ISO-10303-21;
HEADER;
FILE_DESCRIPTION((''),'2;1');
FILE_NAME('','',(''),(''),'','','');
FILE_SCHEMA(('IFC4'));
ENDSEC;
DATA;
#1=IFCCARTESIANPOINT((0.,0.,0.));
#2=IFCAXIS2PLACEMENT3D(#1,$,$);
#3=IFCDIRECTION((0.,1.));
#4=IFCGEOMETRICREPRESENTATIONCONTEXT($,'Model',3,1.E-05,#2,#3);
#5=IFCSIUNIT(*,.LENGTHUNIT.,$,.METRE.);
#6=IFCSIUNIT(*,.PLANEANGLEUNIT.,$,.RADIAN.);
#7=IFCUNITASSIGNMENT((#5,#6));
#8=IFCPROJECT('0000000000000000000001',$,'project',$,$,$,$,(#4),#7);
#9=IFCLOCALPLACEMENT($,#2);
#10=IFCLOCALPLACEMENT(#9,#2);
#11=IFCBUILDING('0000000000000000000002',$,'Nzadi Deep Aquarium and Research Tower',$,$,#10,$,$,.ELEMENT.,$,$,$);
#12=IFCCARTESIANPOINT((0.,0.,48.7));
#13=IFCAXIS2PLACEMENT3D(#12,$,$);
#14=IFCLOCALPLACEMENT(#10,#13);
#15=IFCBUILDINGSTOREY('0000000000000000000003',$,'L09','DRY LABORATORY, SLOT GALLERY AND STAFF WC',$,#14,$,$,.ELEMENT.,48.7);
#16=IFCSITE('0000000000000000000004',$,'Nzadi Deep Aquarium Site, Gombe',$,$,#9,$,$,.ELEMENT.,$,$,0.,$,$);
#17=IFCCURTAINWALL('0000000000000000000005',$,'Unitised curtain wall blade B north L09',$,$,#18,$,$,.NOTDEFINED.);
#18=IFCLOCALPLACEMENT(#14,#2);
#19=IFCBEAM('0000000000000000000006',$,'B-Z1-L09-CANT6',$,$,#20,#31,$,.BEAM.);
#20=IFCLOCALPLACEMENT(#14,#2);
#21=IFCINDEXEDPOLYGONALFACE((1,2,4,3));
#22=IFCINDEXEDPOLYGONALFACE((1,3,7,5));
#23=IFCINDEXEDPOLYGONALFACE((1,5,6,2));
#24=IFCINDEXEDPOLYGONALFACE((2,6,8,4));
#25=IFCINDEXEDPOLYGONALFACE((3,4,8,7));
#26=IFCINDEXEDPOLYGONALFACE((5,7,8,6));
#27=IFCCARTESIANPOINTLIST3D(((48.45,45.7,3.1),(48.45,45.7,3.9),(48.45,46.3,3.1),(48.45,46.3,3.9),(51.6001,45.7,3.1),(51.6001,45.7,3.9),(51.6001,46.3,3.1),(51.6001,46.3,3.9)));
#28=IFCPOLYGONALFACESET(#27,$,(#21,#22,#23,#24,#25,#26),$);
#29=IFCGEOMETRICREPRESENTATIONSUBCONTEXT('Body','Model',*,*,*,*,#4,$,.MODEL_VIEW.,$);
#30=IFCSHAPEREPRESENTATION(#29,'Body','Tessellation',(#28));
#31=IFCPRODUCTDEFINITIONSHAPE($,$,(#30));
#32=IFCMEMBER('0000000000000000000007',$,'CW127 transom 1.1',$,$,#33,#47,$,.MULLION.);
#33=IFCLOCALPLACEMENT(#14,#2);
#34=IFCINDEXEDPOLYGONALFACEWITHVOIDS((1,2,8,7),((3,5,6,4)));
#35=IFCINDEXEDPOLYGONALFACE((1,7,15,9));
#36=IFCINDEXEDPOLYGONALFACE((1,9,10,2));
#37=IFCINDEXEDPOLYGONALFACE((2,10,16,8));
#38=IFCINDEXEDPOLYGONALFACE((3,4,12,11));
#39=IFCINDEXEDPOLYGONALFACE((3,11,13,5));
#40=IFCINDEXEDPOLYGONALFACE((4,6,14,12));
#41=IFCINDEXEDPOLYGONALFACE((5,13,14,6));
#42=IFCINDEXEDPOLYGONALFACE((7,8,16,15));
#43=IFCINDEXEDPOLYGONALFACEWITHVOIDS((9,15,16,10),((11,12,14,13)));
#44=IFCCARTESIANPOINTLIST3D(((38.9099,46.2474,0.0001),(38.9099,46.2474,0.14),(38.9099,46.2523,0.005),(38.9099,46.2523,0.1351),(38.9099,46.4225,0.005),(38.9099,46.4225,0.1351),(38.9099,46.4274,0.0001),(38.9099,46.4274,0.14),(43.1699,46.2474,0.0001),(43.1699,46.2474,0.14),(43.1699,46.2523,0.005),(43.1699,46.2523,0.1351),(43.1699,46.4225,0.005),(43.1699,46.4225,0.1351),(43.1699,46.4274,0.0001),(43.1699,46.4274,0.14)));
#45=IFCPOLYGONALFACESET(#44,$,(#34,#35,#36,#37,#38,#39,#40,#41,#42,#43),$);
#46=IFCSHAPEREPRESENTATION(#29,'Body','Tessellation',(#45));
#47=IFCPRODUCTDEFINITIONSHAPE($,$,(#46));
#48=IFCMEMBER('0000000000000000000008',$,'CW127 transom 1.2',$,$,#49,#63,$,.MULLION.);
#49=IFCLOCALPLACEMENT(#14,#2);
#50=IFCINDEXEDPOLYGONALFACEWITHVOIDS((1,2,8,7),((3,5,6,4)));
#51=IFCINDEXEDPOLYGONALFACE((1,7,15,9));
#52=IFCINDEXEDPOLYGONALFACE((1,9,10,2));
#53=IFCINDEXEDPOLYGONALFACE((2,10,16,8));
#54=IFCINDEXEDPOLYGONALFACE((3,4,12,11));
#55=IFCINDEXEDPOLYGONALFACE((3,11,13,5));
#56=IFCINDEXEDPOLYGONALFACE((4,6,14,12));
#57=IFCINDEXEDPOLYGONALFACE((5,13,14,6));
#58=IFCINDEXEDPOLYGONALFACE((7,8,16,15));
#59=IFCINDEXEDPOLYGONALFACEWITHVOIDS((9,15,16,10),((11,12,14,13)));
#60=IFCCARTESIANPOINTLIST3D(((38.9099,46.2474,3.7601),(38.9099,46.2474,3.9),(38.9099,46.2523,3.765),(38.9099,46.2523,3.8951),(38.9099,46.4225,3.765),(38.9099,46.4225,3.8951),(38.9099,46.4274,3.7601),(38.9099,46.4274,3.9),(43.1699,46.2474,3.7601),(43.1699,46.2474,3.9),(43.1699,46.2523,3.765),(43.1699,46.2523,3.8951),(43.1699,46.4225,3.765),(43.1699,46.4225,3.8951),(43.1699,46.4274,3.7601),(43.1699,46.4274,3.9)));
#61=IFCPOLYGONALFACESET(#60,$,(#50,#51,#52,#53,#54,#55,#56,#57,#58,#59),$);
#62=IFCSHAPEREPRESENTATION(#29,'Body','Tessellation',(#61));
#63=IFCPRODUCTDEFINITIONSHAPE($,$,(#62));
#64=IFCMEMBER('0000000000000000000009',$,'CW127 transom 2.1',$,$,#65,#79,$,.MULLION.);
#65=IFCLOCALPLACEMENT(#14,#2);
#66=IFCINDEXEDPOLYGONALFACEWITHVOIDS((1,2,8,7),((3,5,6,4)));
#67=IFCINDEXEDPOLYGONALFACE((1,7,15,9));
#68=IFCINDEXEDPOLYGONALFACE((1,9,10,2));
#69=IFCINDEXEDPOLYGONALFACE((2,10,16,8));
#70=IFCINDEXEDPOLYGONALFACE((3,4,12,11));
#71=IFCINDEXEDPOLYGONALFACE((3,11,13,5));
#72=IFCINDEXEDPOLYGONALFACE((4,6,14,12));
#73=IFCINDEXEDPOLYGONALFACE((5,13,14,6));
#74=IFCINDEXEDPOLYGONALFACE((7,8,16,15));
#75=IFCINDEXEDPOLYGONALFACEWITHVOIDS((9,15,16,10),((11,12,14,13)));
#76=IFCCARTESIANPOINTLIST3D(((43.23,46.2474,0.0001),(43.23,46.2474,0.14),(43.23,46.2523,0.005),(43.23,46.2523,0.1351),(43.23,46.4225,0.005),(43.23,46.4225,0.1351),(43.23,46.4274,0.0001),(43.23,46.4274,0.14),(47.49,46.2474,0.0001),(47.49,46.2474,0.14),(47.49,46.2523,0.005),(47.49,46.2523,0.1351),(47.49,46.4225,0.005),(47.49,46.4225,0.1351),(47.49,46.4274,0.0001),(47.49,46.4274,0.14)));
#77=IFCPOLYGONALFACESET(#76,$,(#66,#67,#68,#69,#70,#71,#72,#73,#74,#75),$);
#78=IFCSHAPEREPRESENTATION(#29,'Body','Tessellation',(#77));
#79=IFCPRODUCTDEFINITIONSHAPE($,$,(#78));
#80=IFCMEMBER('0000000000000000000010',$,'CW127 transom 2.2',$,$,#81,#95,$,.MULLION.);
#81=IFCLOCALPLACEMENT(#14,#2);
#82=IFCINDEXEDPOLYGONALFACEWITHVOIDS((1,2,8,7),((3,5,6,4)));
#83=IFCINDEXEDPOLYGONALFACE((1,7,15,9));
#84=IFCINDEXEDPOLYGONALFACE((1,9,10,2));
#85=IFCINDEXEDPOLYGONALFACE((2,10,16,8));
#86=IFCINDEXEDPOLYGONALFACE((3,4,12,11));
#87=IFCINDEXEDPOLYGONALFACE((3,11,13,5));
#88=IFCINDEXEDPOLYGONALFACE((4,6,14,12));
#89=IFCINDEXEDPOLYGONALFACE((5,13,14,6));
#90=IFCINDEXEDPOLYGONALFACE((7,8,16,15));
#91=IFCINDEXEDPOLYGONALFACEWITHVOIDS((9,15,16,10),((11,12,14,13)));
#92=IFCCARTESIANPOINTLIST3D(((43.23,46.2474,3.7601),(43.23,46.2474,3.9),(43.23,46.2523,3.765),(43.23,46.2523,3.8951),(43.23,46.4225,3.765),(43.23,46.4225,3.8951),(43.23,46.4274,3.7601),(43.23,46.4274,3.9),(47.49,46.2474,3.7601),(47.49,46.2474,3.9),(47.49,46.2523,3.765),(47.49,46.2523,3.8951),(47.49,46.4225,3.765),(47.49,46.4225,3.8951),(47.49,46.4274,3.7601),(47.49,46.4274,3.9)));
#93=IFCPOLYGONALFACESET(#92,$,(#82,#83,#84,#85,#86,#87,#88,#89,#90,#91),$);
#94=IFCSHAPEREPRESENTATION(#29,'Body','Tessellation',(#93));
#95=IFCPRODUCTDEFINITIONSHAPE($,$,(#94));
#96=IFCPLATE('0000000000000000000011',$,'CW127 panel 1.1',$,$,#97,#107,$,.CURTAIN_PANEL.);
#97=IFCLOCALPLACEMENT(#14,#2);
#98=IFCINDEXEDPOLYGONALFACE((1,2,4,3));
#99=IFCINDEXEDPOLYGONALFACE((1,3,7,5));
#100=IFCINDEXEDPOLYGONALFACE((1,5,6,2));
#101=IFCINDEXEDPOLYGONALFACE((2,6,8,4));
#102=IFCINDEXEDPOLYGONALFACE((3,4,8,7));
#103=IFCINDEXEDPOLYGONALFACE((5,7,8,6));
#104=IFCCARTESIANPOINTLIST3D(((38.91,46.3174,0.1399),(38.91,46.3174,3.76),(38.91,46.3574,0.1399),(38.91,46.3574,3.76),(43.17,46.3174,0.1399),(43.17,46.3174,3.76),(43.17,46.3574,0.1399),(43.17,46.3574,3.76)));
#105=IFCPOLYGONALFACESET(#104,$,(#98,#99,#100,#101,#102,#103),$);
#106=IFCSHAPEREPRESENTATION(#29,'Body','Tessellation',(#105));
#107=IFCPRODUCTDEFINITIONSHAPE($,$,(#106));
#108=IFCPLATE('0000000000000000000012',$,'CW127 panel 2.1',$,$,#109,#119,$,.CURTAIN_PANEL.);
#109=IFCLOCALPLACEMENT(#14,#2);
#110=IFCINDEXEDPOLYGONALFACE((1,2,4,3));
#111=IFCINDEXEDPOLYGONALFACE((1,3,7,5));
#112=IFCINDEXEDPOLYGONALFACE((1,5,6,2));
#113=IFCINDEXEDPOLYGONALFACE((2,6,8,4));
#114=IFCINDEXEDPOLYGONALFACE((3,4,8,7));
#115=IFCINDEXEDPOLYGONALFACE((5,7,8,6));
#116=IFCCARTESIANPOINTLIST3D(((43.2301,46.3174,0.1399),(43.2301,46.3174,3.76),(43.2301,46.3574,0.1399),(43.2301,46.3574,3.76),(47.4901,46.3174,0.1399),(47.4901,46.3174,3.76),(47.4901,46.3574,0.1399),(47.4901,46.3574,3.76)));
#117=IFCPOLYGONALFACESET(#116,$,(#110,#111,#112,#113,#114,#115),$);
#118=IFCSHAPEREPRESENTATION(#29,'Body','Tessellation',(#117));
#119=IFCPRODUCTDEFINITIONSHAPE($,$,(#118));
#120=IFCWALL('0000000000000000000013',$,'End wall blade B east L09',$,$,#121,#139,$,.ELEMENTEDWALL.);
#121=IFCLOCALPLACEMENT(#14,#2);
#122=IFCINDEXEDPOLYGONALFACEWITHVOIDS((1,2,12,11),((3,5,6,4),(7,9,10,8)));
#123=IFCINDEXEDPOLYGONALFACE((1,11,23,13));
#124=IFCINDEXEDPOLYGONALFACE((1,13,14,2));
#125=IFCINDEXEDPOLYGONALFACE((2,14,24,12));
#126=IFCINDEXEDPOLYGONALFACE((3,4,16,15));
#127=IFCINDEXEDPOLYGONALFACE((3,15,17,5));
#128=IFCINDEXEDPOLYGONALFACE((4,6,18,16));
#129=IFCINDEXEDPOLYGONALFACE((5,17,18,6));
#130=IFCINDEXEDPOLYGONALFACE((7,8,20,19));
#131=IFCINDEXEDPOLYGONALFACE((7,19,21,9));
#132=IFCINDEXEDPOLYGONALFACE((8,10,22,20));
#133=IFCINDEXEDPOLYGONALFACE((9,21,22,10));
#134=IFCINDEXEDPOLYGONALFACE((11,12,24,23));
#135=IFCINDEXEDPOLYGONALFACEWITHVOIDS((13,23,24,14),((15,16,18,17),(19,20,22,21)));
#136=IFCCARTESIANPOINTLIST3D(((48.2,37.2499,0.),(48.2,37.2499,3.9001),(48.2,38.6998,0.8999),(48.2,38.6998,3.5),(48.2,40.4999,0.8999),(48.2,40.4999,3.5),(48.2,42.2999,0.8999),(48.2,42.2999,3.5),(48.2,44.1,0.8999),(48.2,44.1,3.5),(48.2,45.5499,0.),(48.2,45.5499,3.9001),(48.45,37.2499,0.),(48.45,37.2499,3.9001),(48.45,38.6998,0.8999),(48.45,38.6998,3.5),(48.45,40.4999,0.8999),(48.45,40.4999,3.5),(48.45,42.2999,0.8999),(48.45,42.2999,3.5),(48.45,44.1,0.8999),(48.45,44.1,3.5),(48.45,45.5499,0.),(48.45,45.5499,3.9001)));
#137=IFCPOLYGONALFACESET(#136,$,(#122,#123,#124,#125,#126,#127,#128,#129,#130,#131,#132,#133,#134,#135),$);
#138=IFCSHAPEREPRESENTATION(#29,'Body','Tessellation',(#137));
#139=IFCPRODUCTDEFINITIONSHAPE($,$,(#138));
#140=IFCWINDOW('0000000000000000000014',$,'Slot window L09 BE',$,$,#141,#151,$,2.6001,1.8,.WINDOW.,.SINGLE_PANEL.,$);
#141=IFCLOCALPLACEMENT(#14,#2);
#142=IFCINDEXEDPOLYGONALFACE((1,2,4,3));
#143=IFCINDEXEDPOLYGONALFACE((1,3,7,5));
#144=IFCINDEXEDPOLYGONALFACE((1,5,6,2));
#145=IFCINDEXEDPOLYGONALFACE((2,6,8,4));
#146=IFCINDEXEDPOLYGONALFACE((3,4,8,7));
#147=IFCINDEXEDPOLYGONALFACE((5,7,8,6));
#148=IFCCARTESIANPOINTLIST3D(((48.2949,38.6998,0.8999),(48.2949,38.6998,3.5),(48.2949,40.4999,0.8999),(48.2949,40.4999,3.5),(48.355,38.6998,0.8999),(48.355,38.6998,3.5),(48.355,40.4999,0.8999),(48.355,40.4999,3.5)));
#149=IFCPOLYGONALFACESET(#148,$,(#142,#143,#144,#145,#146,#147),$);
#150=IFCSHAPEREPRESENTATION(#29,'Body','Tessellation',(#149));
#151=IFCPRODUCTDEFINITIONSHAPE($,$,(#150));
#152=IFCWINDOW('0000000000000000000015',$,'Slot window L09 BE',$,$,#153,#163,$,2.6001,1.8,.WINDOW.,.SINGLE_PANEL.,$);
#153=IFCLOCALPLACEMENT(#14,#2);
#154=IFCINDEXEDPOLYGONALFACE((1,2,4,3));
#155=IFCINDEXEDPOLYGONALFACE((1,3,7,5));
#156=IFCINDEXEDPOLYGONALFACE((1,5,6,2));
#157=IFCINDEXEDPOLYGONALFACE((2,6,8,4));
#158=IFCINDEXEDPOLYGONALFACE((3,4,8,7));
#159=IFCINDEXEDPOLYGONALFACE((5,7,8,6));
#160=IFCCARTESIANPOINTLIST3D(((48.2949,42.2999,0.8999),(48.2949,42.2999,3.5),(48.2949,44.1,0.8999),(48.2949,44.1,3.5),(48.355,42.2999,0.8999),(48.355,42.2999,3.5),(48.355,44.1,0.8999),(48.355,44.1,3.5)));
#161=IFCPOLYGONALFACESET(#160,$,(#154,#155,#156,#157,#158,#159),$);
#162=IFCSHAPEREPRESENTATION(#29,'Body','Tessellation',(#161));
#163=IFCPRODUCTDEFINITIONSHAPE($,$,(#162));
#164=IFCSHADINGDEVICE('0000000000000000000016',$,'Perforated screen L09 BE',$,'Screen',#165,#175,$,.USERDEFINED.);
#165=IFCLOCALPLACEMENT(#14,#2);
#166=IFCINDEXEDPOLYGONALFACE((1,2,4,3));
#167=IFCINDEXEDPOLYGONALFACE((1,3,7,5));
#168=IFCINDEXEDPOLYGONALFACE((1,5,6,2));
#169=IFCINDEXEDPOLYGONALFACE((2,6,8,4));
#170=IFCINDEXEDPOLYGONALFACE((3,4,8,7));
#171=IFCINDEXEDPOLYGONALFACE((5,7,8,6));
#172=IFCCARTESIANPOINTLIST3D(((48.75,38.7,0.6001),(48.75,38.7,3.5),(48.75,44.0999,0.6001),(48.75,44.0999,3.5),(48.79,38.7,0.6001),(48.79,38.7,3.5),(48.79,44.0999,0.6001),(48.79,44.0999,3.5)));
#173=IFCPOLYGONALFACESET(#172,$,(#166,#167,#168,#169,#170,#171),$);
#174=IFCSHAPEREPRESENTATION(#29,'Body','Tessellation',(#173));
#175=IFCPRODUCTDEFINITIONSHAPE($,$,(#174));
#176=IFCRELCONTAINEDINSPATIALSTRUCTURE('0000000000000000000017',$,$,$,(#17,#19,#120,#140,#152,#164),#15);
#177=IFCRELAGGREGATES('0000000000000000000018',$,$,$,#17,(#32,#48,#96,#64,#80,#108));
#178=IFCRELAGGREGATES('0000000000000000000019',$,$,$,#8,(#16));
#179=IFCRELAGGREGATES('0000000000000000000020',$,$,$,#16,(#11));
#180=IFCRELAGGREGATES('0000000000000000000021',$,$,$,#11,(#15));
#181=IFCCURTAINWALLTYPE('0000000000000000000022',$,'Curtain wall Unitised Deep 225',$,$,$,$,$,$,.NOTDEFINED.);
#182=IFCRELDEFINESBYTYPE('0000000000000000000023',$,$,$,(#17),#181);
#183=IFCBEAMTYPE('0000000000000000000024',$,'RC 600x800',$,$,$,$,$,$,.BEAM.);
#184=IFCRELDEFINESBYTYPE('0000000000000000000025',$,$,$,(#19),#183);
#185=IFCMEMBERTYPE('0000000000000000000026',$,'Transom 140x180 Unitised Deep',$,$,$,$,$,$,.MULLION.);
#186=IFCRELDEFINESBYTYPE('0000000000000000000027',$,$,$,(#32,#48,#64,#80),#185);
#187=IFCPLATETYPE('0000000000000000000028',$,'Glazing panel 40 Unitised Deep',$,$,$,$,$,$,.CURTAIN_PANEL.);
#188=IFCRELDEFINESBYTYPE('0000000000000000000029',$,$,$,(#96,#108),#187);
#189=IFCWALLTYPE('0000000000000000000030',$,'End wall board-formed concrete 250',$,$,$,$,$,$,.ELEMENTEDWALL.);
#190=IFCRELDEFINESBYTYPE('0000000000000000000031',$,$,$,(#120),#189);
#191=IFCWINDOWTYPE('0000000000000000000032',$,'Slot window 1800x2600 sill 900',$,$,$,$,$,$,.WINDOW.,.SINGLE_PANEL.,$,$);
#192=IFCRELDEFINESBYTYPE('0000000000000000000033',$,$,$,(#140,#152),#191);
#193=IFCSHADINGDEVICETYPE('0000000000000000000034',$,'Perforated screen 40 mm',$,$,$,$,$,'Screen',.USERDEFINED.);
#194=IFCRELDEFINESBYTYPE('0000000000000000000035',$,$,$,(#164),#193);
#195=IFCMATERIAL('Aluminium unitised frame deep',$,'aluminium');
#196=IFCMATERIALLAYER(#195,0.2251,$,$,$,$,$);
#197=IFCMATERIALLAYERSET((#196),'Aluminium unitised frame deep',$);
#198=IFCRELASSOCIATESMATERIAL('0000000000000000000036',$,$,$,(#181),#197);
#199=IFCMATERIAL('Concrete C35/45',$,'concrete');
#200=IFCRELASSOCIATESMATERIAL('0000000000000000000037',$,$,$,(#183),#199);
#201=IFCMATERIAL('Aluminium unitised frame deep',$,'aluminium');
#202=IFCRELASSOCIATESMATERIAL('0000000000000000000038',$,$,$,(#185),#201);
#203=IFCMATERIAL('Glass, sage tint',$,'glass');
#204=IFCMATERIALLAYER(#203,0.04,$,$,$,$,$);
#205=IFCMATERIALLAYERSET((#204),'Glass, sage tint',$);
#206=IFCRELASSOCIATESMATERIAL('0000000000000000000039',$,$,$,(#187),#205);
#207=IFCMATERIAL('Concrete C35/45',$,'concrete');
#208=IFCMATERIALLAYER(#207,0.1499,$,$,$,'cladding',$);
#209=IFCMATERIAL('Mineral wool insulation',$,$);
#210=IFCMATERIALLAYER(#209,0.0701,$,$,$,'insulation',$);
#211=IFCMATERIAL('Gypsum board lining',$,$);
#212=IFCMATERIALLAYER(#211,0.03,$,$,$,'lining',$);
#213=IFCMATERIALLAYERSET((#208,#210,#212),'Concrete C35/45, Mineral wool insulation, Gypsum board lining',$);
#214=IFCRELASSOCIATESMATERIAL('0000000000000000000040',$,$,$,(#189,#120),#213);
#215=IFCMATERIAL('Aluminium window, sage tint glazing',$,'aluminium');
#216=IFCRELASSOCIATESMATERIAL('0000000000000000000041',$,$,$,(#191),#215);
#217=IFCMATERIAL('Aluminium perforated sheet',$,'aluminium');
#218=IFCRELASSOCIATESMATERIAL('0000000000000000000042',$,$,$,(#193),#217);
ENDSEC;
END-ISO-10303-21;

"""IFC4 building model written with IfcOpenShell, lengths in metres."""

from ifc_helpers import new_model, si_unit, direction, frame, frame_2d, origin, origin_2d, place, context, subcontext, project, spatial, rectangle, hollow_rectangle, extrude, material, layer, layer_set, layer_usage, material_profile, profile_set, type_object, element, fill, aggregate, save


model = new_model("IFC4")

# Units and contexts
model_context = context("Model", 3, precision=1e-05, world=origin(), true_north=direction((0.0, 1.0)))
body_context = subcontext(model_context, "Body", "Model", "MODEL_VIEW")
ifc_project = project(units=[si_unit("LENGTHUNIT", "METRE"), si_unit("PLANEANGLEUNIT", "RADIAN")], contexts=[model_context])

# Site, building, storey
site_placement = place(None, origin())
site = spatial("IfcSite", under=ifc_project, at=site_placement, Name="Nzadi Deep Aquarium Site, Gombe", CompositionType="ELEMENT", RefElevation=0.0)
building_placement = place(site_placement, origin())
building = spatial("IfcBuilding", under=site, at=building_placement, Name="Nzadi Deep Aquarium and Research Tower", CompositionType="ELEMENT")
storey_placement = place(building_placement, frame((0.0, 0.0, 48.7)))
storey = spatial("IfcBuildingStorey", under=building, at=storey_placement, Name="L09", Description="DRY LABORATORY, SLOT GALLERY AND STAFF WC", CompositionType="ELEMENT", Elevation=48.7)

# Curtain wall
ifc_material_1 = material(Name="Aluminium unitised frame deep", Category="aluminium")
ifc_layer_1 = layer(ifc_material_1, 0.2251)
ifc_layer_set_1 = layer_set([ifc_layer_1], Name="Aluminium unitised frame deep")
curtain_wall_type = type_object("IfcCurtainWallType", Name="Curtain wall Unitised Deep 225", PredefinedType="NOTDEFINED", material=ifc_layer_set_1)
curtain_wall_placement = place(storey_placement, origin())
curtain_wall = element("IfcCurtainWall", 1, at=curtain_wall_placement, inside=storey, type_object=curtain_wall_type, Name="Unitised curtain wall blade B north L09", PredefinedType="NOTDEFINED")

# Beam
ifc_material_2 = material(Name="Concrete C35/45", Category="concrete")
ifc_material_profile_1 = material_profile(ifc_material_2, rectangle(XDim=0.6001, YDim=0.8, at=origin_2d()))
ifc_profile_set_1 = profile_set([ifc_material_profile_1], Name="Concrete C35/45")
beam_type_1 = type_object("IfcBeamType", Name="RC 600x800", PredefinedType="BEAM", material=ifc_profile_set_1)
beam_1_placement = place(storey_placement, frame((48.45, 46.0, 3.5), z_axis=(1.0, 0.0, 0.0), x_axis=(0.0, 1.0, 0.0)))
element("IfcBeam", 2, at=beam_1_placement, inside=storey, type_object=beam_type_1, Name="B-Z1-L09-CANT6", PredefinedType="BEAM", context=body_context, shape_type="SweptSolid", body=[
    extrude(rectangle(XDim=0.6001, YDim=0.8, at=origin_2d()), origin(), (0.0, 0.0, 1.0), 3.1501),
])

# Members
ifc_material_3 = material(Name="Aluminium unitised frame deep", Category="aluminium")
ifc_material_profile_2 = material_profile(ifc_material_3, hollow_rectangle(XDim=0.1799, YDim=0.1399, WallThickness=0.0049, at=origin_2d()))
ifc_profile_set_2 = profile_set([ifc_material_profile_2], Name="Aluminium unitised frame deep")
member_type_1 = type_object("IfcMemberType", Name="Transom 140x180 Unitised Deep", PredefinedType="MULLION", material=ifc_profile_set_2)
member_1_placement = place(storey_placement, frame((38.9099, 46.3374, 0.0701), z_axis=(1.0, 0.0, 0.0), x_axis=(0.0, 1.0, 0.0)))
member_1 = element("IfcMember", 3, at=member_1_placement, type_object=member_type_1, Name="CW127 transom 1.1", PredefinedType="MULLION", context=body_context, shape_type="SweptSolid", body=[
    extrude(hollow_rectangle(XDim=0.1799, YDim=0.1399, WallThickness=0.0049, at=origin_2d()), origin(), (0.0, 0.0, 1.0), 4.26),
])
member_2_placement = place(storey_placement, frame((38.9099, 46.3374, 3.8301), z_axis=(1.0, 0.0, 0.0), x_axis=(0.0, 1.0, 0.0)))
member_2 = element("IfcMember", 4, at=member_2_placement, type_object=member_type_1, Name="CW127 transom 1.2", PredefinedType="MULLION", context=body_context, shape_type="SweptSolid", body=[
    extrude(hollow_rectangle(XDim=0.1799, YDim=0.1399, WallThickness=0.0049, at=origin_2d()), origin(), (0.0, 0.0, 1.0), 4.26),
])
member_3_placement = place(storey_placement, frame((43.23, 46.3374, 0.0701), z_axis=(1.0, 0.0, 0.0), x_axis=(0.0, 1.0, 0.0)))
member_3 = element("IfcMember", 5, at=member_3_placement, type_object=member_type_1, Name="CW127 transom 2.1", PredefinedType="MULLION", context=body_context, shape_type="SweptSolid", body=[
    extrude(hollow_rectangle(XDim=0.1799, YDim=0.1399, WallThickness=0.0049, at=origin_2d()), origin(), (0.0, 0.0, 1.0), 4.26),
])
member_4_placement = place(storey_placement, frame((43.23, 46.3374, 3.8301), z_axis=(1.0, 0.0, 0.0), x_axis=(0.0, 1.0, 0.0)))
member_4 = element("IfcMember", 6, at=member_4_placement, type_object=member_type_1, Name="CW127 transom 2.2", PredefinedType="MULLION", context=body_context, shape_type="SweptSolid", body=[
    extrude(hollow_rectangle(XDim=0.1799, YDim=0.1399, WallThickness=0.0049, at=origin_2d()), origin(), (0.0, 0.0, 1.0), 4.26),
])

# Plates
ifc_material_4 = material(Name="Glass, sage tint", Category="glass")
ifc_layer_2 = layer(ifc_material_4, 0.04)
ifc_layer_set_2 = layer_set([ifc_layer_2], Name="Glass, sage tint")
plate_type = type_object("IfcPlateType", Name="Glazing panel 40 Unitised Deep", PredefinedType="CURTAIN_PANEL", material=ifc_layer_set_2)
plate_1_placement = place(storey_placement, frame((41.04, 46.3374, 0.1399), z_axis=(0.0, 0.0, 1.0), x_axis=(1.0, 0.0, 0.0)))
plate_1 = element("IfcPlate", 7, at=plate_1_placement, type_object=plate_type, Name="CW127 panel 1.1", PredefinedType="CURTAIN_PANEL", context=body_context, shape_type="SweptSolid", body=[
    extrude(rectangle(XDim=4.26, YDim=0.04, at=origin_2d()), origin(), (0.0, 0.0, 1.0), 3.6201),
])
plate_2_placement = place(storey_placement, frame((45.3601, 46.3374, 0.1399), z_axis=(0.0, 0.0, 1.0), x_axis=(1.0, 0.0, 0.0)))
plate_2 = element("IfcPlate", 8, at=plate_2_placement, type_object=plate_type, Name="CW127 panel 2.1", PredefinedType="CURTAIN_PANEL", context=body_context, shape_type="SweptSolid", body=[
    extrude(rectangle(XDim=4.26, YDim=0.04, at=origin_2d()), origin(), (0.0, 0.0, 1.0), 3.6201),
])
aggregate(curtain_wall, [member_1, member_2, plate_1, member_3, member_4, plate_2])

# Wall, openings, windows
ifc_material_5 = material(Name="Concrete C35/45", Category="concrete")
ifc_layer_3 = layer(ifc_material_5, 0.1499, Category="cladding")
ifc_material_6 = material(Name="Mineral wool insulation")
ifc_layer_4 = layer(ifc_material_6, 0.0701, Category="insulation")
ifc_material_7 = material(Name="Gypsum board lining")
ifc_layer_5 = layer(ifc_material_7, 0.03, Category="lining")
ifc_layer_set_3 = layer_set([ifc_layer_3, ifc_layer_4, ifc_layer_5], Name="Concrete C35/45, Mineral wool insulation, Gypsum board lining")
ifc_layer_usage = layer_usage(ifc_layer_set_3, "AXIS2", "POSITIVE", -0.125)
wall_type = type_object("IfcWallType", Name="End wall board-formed concrete 250", PredefinedType="ELEMENTEDWALL", material=ifc_layer_set_3)
wall_placement = place(storey_placement, frame((48.325, 37.25, 0.0), z_axis=(0.0, 0.0, 1.0), x_axis=(0.0, 1.0, 0.0)))
wall = element("IfcWall", 9, at=wall_placement, inside=storey, type_object=wall_type, material=ifc_layer_usage, Name="End wall blade B east L09", PredefinedType="ELEMENTEDWALL", context=body_context, shape_type="SweptSolid", body=[
    extrude(rectangle(XDim=8.3, YDim=0.25, at=frame_2d((4.1499, 0.0))), origin(), (0.0, 0.0, 1.0), 3.9001),
])
opening_1_placement = place(wall_placement, frame((1.45, 0.0, 0.8999)))
opening_1 = element("IfcOpeningElement", 10, at=opening_1_placement, cuts=wall, PredefinedType="OPENING", context=body_context, shape_type="SweptSolid", body=[
    extrude(rectangle(XDim=1.8, YDim=2.6001, at=frame_2d((0.8999, 1.3))), frame((0.0, 0.135, 0.0), z_axis=(0.0, -1.0, 0.0), x_axis=(1.0, 0.0, 0.0)), (0.0, 0.0, 1.0), 0.27),
])
opening_2_placement = place(wall_placement, frame((5.05, 0.0, 0.8999)))
opening_2 = element("IfcOpeningElement", 11, at=opening_2_placement, cuts=wall, PredefinedType="OPENING", context=body_context, shape_type="SweptSolid", body=[
    extrude(rectangle(XDim=1.8, YDim=2.6001, at=frame_2d((0.8999, 1.3))), frame((0.0, 0.135, 0.0), z_axis=(0.0, -1.0, 0.0), x_axis=(1.0, 0.0, 0.0)), (0.0, 0.0, 1.0), 0.27),
])
ifc_material_8 = material(Name="Aluminium window, sage tint glazing", Category="aluminium")
window_type = type_object("IfcWindowType", Name="Slot window 1800x2600 sill 900", PartitioningType="SINGLE_PANEL", PredefinedType="WINDOW", material=ifc_material_8)
window_1_placement = place(opening_1_placement, origin())
window_1 = element("IfcWindow", 12, at=window_1_placement, inside=storey, type_object=window_type, Name="Slot window L09 BE", OverallHeight=2.6001, OverallWidth=1.8, PartitioningType="SINGLE_PANEL", PredefinedType="WINDOW", context=body_context, shape_type="SweptSolid", body=[
    extrude(rectangle(XDim=1.8, YDim=2.6001, at=frame_2d((0.8999, 1.3))), frame((0.0, 0.03, 0.0), z_axis=(0.0, -1.0, 0.0), x_axis=(1.0, 0.0, 0.0)), (0.0, 0.0, 1.0), 0.0601),
])
fill(opening_1, window_1)
window_2_placement = place(opening_2_placement, origin())
window_2 = element("IfcWindow", 13, at=window_2_placement, inside=storey, type_object=window_type, Name="Slot window L09 BE", OverallHeight=2.6001, OverallWidth=1.8, PartitioningType="SINGLE_PANEL", PredefinedType="WINDOW", context=body_context, shape_type="SweptSolid", body=[
    extrude(rectangle(XDim=1.8, YDim=2.6001, at=frame_2d((0.8999, 1.3))), frame((0.0, 0.03, 0.0), z_axis=(0.0, -1.0, 0.0), x_axis=(1.0, 0.0, 0.0)), (0.0, 0.0, 1.0), 0.0601),
])
fill(opening_2, window_2)

# Shading device
ifc_material_9 = material(Name="Aluminium perforated sheet", Category="aluminium")
shading_device_type = type_object("IfcShadingDeviceType", Name="Perforated screen 40 mm", ElementType="Screen", PredefinedType="USERDEFINED", material=ifc_material_9)
shading_device_placement = place(storey_placement, frame((48.77, 41.3999, 0.6001), z_axis=(0.0, 0.0, 1.0), x_axis=(1.0, 0.0, 0.0)))
element("IfcShadingDevice", 14, at=shading_device_placement, inside=storey, type_object=shading_device_type, Name="Perforated screen L09 BE", ObjectType="Screen", PredefinedType="USERDEFINED", context=body_context, shape_type="SweptSolid", body=[
    extrude(rectangle(XDim=0.04, YDim=5.3999, at=origin_2d()), origin(), (0.0, 0.0, 1.0), 2.8999),
])

save(model, "model.ifc")
